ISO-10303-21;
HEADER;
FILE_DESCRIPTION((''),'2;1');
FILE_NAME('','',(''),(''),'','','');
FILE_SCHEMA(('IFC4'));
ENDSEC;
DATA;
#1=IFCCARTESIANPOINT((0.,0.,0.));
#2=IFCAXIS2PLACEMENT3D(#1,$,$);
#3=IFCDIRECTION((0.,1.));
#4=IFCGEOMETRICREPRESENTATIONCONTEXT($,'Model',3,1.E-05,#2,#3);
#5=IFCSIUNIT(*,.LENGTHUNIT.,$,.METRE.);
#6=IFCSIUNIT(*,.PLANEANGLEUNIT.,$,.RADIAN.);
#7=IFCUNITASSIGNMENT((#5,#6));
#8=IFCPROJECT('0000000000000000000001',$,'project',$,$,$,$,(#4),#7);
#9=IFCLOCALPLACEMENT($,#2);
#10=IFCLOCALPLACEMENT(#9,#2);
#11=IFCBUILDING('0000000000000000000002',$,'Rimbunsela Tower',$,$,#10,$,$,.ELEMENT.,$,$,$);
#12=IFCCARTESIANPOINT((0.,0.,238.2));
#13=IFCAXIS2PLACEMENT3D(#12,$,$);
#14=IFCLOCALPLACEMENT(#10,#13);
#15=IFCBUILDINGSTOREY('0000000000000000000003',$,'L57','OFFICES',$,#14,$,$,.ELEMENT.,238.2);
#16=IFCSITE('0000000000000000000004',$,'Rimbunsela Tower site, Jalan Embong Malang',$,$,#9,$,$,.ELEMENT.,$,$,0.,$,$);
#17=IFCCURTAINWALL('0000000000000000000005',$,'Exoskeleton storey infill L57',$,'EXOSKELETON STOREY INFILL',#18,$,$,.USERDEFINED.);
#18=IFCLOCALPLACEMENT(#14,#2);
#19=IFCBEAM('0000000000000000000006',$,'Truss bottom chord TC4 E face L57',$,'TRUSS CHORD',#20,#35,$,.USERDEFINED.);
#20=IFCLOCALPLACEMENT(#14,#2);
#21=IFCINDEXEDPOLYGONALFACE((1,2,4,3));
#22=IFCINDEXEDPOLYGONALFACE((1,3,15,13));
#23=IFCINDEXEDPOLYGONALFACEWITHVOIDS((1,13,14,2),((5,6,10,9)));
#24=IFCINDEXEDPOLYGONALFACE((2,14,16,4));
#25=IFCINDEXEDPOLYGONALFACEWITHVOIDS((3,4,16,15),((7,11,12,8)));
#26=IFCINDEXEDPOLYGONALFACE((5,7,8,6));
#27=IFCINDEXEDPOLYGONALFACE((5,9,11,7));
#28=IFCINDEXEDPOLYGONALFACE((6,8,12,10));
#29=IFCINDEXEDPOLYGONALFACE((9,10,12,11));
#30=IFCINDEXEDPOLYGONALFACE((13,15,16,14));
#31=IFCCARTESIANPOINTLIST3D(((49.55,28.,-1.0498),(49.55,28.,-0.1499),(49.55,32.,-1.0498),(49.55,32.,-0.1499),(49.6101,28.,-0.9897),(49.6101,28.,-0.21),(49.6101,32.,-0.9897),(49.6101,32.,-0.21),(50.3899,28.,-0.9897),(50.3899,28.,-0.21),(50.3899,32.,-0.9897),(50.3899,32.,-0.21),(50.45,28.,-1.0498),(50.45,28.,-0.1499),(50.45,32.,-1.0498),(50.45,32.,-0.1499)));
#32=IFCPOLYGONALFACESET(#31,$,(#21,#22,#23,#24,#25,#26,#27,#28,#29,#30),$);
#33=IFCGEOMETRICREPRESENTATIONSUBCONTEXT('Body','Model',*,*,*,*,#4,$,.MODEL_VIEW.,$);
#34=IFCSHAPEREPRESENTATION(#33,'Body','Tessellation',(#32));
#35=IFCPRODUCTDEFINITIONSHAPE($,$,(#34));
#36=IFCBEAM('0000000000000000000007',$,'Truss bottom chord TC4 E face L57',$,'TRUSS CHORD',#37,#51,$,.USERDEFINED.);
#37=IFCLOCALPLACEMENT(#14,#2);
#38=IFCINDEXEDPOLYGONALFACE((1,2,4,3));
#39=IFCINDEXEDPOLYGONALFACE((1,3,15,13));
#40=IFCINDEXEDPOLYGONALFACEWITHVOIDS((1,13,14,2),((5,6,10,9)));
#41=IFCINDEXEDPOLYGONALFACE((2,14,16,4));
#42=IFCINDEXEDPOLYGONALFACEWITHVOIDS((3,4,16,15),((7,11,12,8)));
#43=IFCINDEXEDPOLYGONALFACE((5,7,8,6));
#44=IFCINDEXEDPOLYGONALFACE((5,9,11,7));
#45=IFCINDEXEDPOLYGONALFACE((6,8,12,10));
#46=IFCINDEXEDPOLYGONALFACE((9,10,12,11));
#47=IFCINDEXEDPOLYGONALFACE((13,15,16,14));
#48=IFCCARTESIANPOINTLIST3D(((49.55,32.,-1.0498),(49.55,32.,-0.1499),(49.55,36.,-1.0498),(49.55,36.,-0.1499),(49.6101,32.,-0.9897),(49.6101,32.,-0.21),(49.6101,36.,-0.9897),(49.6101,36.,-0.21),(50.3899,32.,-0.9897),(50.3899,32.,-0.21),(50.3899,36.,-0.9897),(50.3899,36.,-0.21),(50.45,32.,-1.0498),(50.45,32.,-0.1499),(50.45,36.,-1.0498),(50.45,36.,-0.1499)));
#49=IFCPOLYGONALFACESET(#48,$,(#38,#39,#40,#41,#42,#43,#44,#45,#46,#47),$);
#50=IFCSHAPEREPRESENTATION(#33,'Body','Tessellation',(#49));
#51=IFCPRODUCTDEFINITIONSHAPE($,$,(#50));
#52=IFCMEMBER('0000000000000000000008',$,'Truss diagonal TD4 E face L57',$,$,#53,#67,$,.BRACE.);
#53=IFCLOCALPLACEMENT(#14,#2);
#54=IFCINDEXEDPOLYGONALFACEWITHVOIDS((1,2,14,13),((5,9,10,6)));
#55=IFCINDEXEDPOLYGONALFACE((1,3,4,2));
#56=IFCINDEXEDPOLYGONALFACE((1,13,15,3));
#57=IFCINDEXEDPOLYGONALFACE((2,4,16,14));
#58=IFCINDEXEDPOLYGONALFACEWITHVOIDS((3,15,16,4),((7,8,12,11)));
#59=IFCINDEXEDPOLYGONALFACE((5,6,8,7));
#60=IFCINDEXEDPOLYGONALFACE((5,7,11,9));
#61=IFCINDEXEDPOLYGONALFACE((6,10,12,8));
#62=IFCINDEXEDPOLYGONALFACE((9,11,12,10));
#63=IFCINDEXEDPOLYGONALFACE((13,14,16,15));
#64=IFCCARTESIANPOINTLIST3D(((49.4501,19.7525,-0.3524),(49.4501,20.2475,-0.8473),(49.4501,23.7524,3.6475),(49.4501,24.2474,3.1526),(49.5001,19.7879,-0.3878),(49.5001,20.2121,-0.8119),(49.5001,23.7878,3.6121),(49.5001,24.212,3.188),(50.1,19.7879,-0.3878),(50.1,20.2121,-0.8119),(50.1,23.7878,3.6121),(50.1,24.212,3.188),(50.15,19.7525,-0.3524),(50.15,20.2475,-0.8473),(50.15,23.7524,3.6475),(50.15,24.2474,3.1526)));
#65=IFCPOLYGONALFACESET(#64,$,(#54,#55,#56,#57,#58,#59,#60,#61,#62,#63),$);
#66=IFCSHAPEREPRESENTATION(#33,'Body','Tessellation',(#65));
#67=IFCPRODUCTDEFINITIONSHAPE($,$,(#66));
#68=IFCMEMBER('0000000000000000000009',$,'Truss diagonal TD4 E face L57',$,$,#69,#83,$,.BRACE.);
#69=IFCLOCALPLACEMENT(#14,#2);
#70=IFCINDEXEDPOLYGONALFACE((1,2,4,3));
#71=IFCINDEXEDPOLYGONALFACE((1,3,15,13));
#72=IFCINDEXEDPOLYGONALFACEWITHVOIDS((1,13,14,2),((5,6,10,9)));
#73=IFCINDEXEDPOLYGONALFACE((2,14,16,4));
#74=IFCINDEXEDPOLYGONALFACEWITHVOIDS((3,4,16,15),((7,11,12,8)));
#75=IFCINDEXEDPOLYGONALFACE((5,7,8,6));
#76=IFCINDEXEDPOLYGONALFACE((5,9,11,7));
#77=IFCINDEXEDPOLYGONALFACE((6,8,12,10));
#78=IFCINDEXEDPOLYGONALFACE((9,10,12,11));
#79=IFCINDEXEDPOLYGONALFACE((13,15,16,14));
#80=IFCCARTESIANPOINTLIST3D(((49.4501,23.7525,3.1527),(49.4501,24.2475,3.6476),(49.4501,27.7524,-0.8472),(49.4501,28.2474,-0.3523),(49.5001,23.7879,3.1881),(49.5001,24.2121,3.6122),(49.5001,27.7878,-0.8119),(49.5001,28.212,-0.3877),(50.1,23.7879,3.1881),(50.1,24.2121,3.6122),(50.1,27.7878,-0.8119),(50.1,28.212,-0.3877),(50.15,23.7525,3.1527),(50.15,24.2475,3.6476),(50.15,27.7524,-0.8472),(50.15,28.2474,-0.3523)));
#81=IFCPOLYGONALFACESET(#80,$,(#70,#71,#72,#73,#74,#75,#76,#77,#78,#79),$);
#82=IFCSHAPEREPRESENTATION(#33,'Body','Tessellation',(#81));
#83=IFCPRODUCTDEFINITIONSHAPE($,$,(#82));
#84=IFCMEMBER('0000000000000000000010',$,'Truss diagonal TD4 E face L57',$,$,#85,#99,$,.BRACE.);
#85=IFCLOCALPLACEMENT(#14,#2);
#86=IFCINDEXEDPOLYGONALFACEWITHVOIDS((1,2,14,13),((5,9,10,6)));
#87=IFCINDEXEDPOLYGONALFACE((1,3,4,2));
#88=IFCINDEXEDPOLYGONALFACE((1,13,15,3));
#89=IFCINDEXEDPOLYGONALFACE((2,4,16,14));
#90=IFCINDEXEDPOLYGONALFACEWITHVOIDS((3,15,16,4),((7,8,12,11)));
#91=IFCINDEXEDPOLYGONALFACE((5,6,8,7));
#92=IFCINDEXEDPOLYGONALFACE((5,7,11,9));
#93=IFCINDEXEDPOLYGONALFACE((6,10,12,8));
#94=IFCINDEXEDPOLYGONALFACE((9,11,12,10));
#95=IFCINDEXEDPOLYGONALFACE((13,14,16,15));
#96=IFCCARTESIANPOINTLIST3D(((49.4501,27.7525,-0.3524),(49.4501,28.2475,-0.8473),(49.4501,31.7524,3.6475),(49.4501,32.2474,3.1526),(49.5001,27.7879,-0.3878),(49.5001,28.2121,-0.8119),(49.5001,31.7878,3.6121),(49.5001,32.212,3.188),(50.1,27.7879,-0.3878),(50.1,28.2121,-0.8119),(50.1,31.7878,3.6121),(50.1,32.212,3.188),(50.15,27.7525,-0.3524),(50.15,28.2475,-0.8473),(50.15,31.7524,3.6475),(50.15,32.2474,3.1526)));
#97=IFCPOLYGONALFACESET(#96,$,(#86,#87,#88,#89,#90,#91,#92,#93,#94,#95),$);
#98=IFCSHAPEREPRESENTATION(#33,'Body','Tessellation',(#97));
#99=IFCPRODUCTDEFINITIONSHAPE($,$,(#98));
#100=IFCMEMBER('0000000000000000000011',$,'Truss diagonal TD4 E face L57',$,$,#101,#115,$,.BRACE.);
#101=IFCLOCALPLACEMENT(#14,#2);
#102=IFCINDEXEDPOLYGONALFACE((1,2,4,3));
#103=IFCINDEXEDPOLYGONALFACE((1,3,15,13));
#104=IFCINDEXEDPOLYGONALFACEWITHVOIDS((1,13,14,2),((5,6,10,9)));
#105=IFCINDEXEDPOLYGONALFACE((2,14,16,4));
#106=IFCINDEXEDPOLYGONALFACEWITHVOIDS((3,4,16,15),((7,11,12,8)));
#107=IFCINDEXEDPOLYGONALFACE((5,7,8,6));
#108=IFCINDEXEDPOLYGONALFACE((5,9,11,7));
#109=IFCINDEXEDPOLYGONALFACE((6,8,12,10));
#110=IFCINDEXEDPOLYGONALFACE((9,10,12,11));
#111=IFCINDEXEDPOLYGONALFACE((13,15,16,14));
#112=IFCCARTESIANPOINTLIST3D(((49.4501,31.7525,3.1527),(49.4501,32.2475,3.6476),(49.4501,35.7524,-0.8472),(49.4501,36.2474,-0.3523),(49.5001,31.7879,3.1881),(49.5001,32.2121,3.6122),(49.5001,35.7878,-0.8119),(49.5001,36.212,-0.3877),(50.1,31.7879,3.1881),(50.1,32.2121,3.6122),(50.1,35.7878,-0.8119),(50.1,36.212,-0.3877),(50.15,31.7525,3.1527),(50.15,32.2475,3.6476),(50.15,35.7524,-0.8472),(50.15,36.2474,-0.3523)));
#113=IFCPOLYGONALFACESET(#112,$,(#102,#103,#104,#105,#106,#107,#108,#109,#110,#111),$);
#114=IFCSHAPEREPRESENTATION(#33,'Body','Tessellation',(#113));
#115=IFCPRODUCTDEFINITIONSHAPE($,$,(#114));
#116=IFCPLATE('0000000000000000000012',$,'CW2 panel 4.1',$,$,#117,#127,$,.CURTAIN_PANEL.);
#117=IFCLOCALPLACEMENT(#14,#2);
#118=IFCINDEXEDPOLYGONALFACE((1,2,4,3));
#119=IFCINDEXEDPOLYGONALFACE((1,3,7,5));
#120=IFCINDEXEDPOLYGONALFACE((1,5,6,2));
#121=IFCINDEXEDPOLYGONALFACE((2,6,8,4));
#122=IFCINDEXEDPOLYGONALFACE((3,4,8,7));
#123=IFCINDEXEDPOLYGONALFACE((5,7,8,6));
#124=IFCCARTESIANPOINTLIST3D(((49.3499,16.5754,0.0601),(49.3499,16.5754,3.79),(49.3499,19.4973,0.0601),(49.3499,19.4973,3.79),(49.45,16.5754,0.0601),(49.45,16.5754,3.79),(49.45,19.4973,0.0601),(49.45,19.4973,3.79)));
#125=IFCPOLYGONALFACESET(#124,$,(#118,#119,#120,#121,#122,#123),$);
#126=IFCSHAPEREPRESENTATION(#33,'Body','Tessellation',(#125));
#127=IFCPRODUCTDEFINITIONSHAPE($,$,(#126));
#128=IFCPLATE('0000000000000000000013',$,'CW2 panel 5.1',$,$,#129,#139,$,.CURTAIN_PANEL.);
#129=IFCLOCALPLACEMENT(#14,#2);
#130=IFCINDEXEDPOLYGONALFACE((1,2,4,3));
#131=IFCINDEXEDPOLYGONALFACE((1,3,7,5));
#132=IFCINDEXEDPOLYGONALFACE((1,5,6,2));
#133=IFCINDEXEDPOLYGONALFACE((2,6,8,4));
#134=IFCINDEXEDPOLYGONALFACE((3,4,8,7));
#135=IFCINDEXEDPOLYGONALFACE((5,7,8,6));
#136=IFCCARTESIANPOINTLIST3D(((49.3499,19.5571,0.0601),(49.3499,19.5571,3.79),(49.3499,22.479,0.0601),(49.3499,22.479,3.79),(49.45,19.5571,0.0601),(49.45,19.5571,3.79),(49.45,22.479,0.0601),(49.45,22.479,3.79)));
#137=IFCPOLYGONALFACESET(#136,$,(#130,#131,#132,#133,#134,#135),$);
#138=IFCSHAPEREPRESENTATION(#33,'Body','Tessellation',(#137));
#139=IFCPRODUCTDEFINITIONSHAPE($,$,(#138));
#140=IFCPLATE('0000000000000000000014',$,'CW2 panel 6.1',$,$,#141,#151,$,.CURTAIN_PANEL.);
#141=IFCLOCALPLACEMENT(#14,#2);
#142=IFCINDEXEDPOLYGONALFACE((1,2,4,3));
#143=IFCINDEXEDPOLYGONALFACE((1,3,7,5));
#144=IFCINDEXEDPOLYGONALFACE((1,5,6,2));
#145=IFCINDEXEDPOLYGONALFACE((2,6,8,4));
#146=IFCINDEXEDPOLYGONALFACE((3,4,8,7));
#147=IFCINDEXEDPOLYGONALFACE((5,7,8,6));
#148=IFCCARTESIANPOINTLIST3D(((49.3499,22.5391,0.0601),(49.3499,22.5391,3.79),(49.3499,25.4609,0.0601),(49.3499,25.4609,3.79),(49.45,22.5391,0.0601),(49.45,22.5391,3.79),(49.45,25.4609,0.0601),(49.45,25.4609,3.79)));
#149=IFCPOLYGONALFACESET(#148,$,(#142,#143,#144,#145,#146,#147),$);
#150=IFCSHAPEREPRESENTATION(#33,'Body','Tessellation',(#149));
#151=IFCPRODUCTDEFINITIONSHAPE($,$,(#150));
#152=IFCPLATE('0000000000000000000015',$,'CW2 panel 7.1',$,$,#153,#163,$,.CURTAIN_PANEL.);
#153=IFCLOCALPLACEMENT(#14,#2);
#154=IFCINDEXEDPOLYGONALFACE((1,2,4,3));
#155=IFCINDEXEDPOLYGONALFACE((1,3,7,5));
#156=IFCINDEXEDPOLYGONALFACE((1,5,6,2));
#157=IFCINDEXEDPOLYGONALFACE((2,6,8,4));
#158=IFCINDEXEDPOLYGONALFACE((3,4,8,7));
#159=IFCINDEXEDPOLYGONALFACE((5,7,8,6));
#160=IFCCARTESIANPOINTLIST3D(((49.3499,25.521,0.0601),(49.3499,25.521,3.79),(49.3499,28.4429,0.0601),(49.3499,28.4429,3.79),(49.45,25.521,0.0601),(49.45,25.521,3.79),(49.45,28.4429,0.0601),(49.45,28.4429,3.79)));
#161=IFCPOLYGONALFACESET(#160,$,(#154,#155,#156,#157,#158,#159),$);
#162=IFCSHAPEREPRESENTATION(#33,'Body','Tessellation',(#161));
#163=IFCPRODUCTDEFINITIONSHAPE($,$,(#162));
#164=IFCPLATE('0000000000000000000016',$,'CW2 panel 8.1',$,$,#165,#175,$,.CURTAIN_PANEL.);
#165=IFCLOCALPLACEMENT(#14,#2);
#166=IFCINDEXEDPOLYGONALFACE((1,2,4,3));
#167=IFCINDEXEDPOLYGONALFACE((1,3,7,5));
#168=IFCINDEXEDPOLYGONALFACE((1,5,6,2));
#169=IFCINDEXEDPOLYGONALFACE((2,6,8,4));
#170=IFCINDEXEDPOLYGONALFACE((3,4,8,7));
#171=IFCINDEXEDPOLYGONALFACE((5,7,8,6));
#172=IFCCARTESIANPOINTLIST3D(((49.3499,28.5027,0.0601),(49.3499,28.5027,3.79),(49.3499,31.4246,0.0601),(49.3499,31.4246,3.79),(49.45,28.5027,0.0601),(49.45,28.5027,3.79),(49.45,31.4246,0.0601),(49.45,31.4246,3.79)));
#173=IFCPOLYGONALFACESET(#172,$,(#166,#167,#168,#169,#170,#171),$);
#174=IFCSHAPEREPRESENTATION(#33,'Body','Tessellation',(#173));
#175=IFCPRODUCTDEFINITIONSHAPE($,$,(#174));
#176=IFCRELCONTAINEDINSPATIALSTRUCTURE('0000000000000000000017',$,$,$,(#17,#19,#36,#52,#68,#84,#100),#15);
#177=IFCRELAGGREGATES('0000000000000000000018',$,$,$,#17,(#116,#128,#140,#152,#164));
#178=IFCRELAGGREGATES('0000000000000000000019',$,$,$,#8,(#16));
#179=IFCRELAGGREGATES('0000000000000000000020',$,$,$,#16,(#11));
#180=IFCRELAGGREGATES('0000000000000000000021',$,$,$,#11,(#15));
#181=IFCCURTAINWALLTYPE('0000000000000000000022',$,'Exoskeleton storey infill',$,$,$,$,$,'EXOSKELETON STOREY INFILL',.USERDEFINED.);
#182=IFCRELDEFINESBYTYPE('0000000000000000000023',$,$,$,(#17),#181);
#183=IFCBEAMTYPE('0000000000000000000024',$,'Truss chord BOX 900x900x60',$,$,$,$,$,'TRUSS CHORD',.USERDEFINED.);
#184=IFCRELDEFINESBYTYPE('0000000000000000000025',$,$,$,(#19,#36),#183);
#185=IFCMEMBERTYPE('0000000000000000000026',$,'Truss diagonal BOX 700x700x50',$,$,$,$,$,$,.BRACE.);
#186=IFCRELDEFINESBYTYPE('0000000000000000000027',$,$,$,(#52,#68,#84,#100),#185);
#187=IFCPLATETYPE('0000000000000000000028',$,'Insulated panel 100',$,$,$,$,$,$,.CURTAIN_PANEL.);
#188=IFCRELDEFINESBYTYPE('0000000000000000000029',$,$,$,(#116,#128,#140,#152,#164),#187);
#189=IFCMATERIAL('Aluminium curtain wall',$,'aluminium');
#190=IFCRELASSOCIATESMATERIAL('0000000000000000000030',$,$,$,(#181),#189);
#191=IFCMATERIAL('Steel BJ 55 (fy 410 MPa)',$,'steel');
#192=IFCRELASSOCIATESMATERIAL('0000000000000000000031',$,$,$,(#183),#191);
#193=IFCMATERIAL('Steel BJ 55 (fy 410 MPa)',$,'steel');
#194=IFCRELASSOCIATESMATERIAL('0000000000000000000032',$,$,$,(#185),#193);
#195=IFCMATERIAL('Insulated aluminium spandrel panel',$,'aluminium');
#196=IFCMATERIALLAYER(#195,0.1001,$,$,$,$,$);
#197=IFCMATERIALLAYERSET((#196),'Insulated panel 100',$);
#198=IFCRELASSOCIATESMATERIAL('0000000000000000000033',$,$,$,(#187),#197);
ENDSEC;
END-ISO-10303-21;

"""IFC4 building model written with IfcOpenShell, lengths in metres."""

from ifc_helpers import new_model, si_unit, direction, frame, origin, origin_2d, place, context, subcontext, project, spatial, rectangle, hollow_rectangle, extrude, material, layer, layer_set, material_profile, profile_set, type_object, element, aggregate, save


model = new_model("IFC4")

# Units and contexts
model_context = context("Model", 3, precision=1e-05, world=origin(), true_north=direction((0.0, 1.0)))
body_context = subcontext(model_context, "Body", "Model", "MODEL_VIEW")
ifc_project = project(units=[si_unit("LENGTHUNIT", "METRE"), si_unit("PLANEANGLEUNIT", "RADIAN")], contexts=[model_context])

# Site, building, storey
site_placement = place(None, origin())
site = spatial("IfcSite", under=ifc_project, at=site_placement, Name="Rimbunsela Tower site, Jalan Embong Malang", CompositionType="ELEMENT", RefElevation=0.0)
building_placement = place(site_placement, origin())
building = spatial("IfcBuilding", under=site, at=building_placement, Name="Rimbunsela Tower", CompositionType="ELEMENT")
storey_placement = place(building_placement, frame((0.0, 0.0, 238.2)))
storey = spatial("IfcBuildingStorey", under=building, at=storey_placement, Name="L57", Description="OFFICES", CompositionType="ELEMENT", Elevation=238.2)

# Curtain wall
ifc_material_1 = material(Name="Aluminium curtain wall", Category="aluminium")
curtain_wall_type = type_object("IfcCurtainWallType", Name="Exoskeleton storey infill", ElementType="EXOSKELETON STOREY INFILL", PredefinedType="USERDEFINED", material=ifc_material_1)
curtain_wall_placement = place(storey_placement, origin())
curtain_wall = element("IfcCurtainWall", 1, at=curtain_wall_placement, inside=storey, type_object=curtain_wall_type, Name="Exoskeleton storey infill L57", ObjectType="EXOSKELETON STOREY INFILL", PredefinedType="USERDEFINED")

# Beams
ifc_material_2 = material(Name="Steel BJ 55 (fy 410 MPa)", Category="steel")
ifc_material_profile_1 = material_profile(ifc_material_2, hollow_rectangle(XDim=0.8999, YDim=0.8999, WallThickness=0.0601, at=origin_2d()), Name="BOX 900x900x60")
ifc_profile_set_1 = profile_set([ifc_material_profile_1], Name="Steel BJ 55 (fy 410 MPa)")
beam_type = type_object("IfcBeamType", Name="Truss chord BOX 900x900x60", ElementType="TRUSS CHORD", PredefinedType="USERDEFINED", material=ifc_profile_set_1)
for number, where, z_axis, x_axis, name in (
    (2, (50.0, 28.0, -0.5999), (0.0, 1.0, 0.0), (-1.0, 0.0, 0.0), "Truss bottom chord TC4 E face L57"),
    (3, (50.0, 32.0, -0.5999), (0.0, 1.0, 0.0), (-1.0, 0.0, 0.0), "Truss bottom chord TC4 E face L57"),
):
    element("IfcBeam", number, at=place(storey_placement, frame(where, z_axis=z_axis, x_axis=x_axis)), inside=storey, type_object=beam_type, Name=name, ObjectType="TRUSS CHORD", PredefinedType="USERDEFINED", context=body_context, shape_type="SweptSolid", body=[
        extrude(hollow_rectangle(XDim=0.8999, YDim=0.8999, WallThickness=0.0601, at=origin_2d()), origin(), (0.0, 0.0, 1.0), 4.0),
    ])

# Members
ifc_material_3 = material(Name="Steel BJ 55 (fy 410 MPa)", Category="steel")
ifc_material_profile_2 = material_profile(ifc_material_3, hollow_rectangle(XDim=0.7, YDim=0.7, WallThickness=0.05, at=origin_2d()), Name="BOX 700x700x50")
ifc_profile_set_2 = profile_set([ifc_material_profile_2], Name="Steel BJ 55 (fy 410 MPa)")
member_type_1 = type_object("IfcMemberType", Name="Truss diagonal BOX 700x700x50", PredefinedType="BRACE", material=ifc_profile_set_2)
for number, where, z_axis, x_axis, name in (
    (4, (49.8, 20.0, -0.5999), (0.0, 0.707107, 0.707107), (-1.0, 0.0, 0.0), "Truss diagonal TD4 E face L57"),
    (5, (49.8, 24.0, 3.4001), (0.0, 0.707107, -0.707107), (-1.0, 0.0, 0.0), "Truss diagonal TD4 E face L57"),
    (6, (49.8, 28.0, -0.5999), (0.0, 0.707107, 0.707107), (-1.0, 0.0, 0.0), "Truss diagonal TD4 E face L57"),
    (7, (49.8, 32.0, 3.4001), (0.0, 0.707107, -0.707107), (-1.0, 0.0, 0.0), "Truss diagonal TD4 E face L57"),
):
    element("IfcMember", number, at=place(storey_placement, frame(where, z_axis=z_axis, x_axis=x_axis)), inside=storey, type_object=member_type_1, Name=name, PredefinedType="BRACE", context=body_context, shape_type="SweptSolid", body=[
        extrude(hollow_rectangle(XDim=0.7, YDim=0.7, WallThickness=0.05, at=origin_2d()), origin(), (0.0, 0.0, 1.0), 5.6567),
    ])

# Plates
ifc_material_4 = material(Name="Insulated aluminium spandrel panel", Category="aluminium")
ifc_layer = layer(ifc_material_4, 0.1001)
ifc_layer_set = layer_set([ifc_layer], Name="Insulated panel 100")
plate_type = type_object("IfcPlateType", Name="Insulated panel 100", PredefinedType="CURTAIN_PANEL", material=ifc_layer_set)
plate_1_placement = place(storey_placement, frame((49.3999, 18.0364, 0.0601), z_axis=(0.0, 0.0, 1.0), x_axis=(0.0, 1.0, 0.0)))
plate_1 = element("IfcPlate", 8, at=plate_1_placement, type_object=plate_type, Name="CW2 panel 4.1", PredefinedType="CURTAIN_PANEL", context=body_context, shape_type="SweptSolid", body=[
    extrude(rectangle(XDim=2.9219, YDim=0.1001, at=origin_2d()), origin(), (0.0, 0.0, 1.0), 3.73),
])
plate_2_placement = place(storey_placement, frame((49.3999, 21.0181, 0.0601), z_axis=(0.0, 0.0, 1.0), x_axis=(0.0, 1.0, 0.0)))
plate_2 = element("IfcPlate", 9, at=plate_2_placement, type_object=plate_type, Name="CW2 panel 5.1", PredefinedType="CURTAIN_PANEL", context=body_context, shape_type="SweptSolid", body=[
    extrude(rectangle(XDim=2.9219, YDim=0.1001, at=origin_2d()), origin(), (0.0, 0.0, 1.0), 3.73),
])
plate_3_placement = place(storey_placement, frame((49.3999, 24.0, 0.0601), z_axis=(0.0, 0.0, 1.0), x_axis=(0.0, 1.0, 0.0)))
plate_3 = element("IfcPlate", 10, at=plate_3_placement, type_object=plate_type, Name="CW2 panel 6.1", PredefinedType="CURTAIN_PANEL", context=body_context, shape_type="SweptSolid", body=[
    extrude(rectangle(XDim=2.9219, YDim=0.1001, at=origin_2d()), origin(), (0.0, 0.0, 1.0), 3.73),
])
plate_4_placement = place(storey_placement, frame((49.3999, 26.9819, 0.0601), z_axis=(0.0, 0.0, 1.0), x_axis=(0.0, 1.0, 0.0)))
plate_4 = element("IfcPlate", 11, at=plate_4_placement, type_object=plate_type, Name="CW2 panel 7.1", PredefinedType="CURTAIN_PANEL", context=body_context, shape_type="SweptSolid", body=[
    extrude(rectangle(XDim=2.9219, YDim=0.1001, at=origin_2d()), origin(), (0.0, 0.0, 1.0), 3.73),
])
plate_5_placement = place(storey_placement, frame((49.3999, 29.9636, 0.0601), z_axis=(0.0, 0.0, 1.0), x_axis=(0.0, 1.0, 0.0)))
plate_5 = element("IfcPlate", 12, at=plate_5_placement, type_object=plate_type, Name="CW2 panel 8.1", PredefinedType="CURTAIN_PANEL", context=body_context, shape_type="SweptSolid", body=[
    extrude(rectangle(XDim=2.9219, YDim=0.1001, at=origin_2d()), origin(), (0.0, 0.0, 1.0), 3.73),
])
aggregate(curtain_wall, [plate_1, plate_2, plate_3, plate_4, plate_5])

save(model, "model.ifc")
